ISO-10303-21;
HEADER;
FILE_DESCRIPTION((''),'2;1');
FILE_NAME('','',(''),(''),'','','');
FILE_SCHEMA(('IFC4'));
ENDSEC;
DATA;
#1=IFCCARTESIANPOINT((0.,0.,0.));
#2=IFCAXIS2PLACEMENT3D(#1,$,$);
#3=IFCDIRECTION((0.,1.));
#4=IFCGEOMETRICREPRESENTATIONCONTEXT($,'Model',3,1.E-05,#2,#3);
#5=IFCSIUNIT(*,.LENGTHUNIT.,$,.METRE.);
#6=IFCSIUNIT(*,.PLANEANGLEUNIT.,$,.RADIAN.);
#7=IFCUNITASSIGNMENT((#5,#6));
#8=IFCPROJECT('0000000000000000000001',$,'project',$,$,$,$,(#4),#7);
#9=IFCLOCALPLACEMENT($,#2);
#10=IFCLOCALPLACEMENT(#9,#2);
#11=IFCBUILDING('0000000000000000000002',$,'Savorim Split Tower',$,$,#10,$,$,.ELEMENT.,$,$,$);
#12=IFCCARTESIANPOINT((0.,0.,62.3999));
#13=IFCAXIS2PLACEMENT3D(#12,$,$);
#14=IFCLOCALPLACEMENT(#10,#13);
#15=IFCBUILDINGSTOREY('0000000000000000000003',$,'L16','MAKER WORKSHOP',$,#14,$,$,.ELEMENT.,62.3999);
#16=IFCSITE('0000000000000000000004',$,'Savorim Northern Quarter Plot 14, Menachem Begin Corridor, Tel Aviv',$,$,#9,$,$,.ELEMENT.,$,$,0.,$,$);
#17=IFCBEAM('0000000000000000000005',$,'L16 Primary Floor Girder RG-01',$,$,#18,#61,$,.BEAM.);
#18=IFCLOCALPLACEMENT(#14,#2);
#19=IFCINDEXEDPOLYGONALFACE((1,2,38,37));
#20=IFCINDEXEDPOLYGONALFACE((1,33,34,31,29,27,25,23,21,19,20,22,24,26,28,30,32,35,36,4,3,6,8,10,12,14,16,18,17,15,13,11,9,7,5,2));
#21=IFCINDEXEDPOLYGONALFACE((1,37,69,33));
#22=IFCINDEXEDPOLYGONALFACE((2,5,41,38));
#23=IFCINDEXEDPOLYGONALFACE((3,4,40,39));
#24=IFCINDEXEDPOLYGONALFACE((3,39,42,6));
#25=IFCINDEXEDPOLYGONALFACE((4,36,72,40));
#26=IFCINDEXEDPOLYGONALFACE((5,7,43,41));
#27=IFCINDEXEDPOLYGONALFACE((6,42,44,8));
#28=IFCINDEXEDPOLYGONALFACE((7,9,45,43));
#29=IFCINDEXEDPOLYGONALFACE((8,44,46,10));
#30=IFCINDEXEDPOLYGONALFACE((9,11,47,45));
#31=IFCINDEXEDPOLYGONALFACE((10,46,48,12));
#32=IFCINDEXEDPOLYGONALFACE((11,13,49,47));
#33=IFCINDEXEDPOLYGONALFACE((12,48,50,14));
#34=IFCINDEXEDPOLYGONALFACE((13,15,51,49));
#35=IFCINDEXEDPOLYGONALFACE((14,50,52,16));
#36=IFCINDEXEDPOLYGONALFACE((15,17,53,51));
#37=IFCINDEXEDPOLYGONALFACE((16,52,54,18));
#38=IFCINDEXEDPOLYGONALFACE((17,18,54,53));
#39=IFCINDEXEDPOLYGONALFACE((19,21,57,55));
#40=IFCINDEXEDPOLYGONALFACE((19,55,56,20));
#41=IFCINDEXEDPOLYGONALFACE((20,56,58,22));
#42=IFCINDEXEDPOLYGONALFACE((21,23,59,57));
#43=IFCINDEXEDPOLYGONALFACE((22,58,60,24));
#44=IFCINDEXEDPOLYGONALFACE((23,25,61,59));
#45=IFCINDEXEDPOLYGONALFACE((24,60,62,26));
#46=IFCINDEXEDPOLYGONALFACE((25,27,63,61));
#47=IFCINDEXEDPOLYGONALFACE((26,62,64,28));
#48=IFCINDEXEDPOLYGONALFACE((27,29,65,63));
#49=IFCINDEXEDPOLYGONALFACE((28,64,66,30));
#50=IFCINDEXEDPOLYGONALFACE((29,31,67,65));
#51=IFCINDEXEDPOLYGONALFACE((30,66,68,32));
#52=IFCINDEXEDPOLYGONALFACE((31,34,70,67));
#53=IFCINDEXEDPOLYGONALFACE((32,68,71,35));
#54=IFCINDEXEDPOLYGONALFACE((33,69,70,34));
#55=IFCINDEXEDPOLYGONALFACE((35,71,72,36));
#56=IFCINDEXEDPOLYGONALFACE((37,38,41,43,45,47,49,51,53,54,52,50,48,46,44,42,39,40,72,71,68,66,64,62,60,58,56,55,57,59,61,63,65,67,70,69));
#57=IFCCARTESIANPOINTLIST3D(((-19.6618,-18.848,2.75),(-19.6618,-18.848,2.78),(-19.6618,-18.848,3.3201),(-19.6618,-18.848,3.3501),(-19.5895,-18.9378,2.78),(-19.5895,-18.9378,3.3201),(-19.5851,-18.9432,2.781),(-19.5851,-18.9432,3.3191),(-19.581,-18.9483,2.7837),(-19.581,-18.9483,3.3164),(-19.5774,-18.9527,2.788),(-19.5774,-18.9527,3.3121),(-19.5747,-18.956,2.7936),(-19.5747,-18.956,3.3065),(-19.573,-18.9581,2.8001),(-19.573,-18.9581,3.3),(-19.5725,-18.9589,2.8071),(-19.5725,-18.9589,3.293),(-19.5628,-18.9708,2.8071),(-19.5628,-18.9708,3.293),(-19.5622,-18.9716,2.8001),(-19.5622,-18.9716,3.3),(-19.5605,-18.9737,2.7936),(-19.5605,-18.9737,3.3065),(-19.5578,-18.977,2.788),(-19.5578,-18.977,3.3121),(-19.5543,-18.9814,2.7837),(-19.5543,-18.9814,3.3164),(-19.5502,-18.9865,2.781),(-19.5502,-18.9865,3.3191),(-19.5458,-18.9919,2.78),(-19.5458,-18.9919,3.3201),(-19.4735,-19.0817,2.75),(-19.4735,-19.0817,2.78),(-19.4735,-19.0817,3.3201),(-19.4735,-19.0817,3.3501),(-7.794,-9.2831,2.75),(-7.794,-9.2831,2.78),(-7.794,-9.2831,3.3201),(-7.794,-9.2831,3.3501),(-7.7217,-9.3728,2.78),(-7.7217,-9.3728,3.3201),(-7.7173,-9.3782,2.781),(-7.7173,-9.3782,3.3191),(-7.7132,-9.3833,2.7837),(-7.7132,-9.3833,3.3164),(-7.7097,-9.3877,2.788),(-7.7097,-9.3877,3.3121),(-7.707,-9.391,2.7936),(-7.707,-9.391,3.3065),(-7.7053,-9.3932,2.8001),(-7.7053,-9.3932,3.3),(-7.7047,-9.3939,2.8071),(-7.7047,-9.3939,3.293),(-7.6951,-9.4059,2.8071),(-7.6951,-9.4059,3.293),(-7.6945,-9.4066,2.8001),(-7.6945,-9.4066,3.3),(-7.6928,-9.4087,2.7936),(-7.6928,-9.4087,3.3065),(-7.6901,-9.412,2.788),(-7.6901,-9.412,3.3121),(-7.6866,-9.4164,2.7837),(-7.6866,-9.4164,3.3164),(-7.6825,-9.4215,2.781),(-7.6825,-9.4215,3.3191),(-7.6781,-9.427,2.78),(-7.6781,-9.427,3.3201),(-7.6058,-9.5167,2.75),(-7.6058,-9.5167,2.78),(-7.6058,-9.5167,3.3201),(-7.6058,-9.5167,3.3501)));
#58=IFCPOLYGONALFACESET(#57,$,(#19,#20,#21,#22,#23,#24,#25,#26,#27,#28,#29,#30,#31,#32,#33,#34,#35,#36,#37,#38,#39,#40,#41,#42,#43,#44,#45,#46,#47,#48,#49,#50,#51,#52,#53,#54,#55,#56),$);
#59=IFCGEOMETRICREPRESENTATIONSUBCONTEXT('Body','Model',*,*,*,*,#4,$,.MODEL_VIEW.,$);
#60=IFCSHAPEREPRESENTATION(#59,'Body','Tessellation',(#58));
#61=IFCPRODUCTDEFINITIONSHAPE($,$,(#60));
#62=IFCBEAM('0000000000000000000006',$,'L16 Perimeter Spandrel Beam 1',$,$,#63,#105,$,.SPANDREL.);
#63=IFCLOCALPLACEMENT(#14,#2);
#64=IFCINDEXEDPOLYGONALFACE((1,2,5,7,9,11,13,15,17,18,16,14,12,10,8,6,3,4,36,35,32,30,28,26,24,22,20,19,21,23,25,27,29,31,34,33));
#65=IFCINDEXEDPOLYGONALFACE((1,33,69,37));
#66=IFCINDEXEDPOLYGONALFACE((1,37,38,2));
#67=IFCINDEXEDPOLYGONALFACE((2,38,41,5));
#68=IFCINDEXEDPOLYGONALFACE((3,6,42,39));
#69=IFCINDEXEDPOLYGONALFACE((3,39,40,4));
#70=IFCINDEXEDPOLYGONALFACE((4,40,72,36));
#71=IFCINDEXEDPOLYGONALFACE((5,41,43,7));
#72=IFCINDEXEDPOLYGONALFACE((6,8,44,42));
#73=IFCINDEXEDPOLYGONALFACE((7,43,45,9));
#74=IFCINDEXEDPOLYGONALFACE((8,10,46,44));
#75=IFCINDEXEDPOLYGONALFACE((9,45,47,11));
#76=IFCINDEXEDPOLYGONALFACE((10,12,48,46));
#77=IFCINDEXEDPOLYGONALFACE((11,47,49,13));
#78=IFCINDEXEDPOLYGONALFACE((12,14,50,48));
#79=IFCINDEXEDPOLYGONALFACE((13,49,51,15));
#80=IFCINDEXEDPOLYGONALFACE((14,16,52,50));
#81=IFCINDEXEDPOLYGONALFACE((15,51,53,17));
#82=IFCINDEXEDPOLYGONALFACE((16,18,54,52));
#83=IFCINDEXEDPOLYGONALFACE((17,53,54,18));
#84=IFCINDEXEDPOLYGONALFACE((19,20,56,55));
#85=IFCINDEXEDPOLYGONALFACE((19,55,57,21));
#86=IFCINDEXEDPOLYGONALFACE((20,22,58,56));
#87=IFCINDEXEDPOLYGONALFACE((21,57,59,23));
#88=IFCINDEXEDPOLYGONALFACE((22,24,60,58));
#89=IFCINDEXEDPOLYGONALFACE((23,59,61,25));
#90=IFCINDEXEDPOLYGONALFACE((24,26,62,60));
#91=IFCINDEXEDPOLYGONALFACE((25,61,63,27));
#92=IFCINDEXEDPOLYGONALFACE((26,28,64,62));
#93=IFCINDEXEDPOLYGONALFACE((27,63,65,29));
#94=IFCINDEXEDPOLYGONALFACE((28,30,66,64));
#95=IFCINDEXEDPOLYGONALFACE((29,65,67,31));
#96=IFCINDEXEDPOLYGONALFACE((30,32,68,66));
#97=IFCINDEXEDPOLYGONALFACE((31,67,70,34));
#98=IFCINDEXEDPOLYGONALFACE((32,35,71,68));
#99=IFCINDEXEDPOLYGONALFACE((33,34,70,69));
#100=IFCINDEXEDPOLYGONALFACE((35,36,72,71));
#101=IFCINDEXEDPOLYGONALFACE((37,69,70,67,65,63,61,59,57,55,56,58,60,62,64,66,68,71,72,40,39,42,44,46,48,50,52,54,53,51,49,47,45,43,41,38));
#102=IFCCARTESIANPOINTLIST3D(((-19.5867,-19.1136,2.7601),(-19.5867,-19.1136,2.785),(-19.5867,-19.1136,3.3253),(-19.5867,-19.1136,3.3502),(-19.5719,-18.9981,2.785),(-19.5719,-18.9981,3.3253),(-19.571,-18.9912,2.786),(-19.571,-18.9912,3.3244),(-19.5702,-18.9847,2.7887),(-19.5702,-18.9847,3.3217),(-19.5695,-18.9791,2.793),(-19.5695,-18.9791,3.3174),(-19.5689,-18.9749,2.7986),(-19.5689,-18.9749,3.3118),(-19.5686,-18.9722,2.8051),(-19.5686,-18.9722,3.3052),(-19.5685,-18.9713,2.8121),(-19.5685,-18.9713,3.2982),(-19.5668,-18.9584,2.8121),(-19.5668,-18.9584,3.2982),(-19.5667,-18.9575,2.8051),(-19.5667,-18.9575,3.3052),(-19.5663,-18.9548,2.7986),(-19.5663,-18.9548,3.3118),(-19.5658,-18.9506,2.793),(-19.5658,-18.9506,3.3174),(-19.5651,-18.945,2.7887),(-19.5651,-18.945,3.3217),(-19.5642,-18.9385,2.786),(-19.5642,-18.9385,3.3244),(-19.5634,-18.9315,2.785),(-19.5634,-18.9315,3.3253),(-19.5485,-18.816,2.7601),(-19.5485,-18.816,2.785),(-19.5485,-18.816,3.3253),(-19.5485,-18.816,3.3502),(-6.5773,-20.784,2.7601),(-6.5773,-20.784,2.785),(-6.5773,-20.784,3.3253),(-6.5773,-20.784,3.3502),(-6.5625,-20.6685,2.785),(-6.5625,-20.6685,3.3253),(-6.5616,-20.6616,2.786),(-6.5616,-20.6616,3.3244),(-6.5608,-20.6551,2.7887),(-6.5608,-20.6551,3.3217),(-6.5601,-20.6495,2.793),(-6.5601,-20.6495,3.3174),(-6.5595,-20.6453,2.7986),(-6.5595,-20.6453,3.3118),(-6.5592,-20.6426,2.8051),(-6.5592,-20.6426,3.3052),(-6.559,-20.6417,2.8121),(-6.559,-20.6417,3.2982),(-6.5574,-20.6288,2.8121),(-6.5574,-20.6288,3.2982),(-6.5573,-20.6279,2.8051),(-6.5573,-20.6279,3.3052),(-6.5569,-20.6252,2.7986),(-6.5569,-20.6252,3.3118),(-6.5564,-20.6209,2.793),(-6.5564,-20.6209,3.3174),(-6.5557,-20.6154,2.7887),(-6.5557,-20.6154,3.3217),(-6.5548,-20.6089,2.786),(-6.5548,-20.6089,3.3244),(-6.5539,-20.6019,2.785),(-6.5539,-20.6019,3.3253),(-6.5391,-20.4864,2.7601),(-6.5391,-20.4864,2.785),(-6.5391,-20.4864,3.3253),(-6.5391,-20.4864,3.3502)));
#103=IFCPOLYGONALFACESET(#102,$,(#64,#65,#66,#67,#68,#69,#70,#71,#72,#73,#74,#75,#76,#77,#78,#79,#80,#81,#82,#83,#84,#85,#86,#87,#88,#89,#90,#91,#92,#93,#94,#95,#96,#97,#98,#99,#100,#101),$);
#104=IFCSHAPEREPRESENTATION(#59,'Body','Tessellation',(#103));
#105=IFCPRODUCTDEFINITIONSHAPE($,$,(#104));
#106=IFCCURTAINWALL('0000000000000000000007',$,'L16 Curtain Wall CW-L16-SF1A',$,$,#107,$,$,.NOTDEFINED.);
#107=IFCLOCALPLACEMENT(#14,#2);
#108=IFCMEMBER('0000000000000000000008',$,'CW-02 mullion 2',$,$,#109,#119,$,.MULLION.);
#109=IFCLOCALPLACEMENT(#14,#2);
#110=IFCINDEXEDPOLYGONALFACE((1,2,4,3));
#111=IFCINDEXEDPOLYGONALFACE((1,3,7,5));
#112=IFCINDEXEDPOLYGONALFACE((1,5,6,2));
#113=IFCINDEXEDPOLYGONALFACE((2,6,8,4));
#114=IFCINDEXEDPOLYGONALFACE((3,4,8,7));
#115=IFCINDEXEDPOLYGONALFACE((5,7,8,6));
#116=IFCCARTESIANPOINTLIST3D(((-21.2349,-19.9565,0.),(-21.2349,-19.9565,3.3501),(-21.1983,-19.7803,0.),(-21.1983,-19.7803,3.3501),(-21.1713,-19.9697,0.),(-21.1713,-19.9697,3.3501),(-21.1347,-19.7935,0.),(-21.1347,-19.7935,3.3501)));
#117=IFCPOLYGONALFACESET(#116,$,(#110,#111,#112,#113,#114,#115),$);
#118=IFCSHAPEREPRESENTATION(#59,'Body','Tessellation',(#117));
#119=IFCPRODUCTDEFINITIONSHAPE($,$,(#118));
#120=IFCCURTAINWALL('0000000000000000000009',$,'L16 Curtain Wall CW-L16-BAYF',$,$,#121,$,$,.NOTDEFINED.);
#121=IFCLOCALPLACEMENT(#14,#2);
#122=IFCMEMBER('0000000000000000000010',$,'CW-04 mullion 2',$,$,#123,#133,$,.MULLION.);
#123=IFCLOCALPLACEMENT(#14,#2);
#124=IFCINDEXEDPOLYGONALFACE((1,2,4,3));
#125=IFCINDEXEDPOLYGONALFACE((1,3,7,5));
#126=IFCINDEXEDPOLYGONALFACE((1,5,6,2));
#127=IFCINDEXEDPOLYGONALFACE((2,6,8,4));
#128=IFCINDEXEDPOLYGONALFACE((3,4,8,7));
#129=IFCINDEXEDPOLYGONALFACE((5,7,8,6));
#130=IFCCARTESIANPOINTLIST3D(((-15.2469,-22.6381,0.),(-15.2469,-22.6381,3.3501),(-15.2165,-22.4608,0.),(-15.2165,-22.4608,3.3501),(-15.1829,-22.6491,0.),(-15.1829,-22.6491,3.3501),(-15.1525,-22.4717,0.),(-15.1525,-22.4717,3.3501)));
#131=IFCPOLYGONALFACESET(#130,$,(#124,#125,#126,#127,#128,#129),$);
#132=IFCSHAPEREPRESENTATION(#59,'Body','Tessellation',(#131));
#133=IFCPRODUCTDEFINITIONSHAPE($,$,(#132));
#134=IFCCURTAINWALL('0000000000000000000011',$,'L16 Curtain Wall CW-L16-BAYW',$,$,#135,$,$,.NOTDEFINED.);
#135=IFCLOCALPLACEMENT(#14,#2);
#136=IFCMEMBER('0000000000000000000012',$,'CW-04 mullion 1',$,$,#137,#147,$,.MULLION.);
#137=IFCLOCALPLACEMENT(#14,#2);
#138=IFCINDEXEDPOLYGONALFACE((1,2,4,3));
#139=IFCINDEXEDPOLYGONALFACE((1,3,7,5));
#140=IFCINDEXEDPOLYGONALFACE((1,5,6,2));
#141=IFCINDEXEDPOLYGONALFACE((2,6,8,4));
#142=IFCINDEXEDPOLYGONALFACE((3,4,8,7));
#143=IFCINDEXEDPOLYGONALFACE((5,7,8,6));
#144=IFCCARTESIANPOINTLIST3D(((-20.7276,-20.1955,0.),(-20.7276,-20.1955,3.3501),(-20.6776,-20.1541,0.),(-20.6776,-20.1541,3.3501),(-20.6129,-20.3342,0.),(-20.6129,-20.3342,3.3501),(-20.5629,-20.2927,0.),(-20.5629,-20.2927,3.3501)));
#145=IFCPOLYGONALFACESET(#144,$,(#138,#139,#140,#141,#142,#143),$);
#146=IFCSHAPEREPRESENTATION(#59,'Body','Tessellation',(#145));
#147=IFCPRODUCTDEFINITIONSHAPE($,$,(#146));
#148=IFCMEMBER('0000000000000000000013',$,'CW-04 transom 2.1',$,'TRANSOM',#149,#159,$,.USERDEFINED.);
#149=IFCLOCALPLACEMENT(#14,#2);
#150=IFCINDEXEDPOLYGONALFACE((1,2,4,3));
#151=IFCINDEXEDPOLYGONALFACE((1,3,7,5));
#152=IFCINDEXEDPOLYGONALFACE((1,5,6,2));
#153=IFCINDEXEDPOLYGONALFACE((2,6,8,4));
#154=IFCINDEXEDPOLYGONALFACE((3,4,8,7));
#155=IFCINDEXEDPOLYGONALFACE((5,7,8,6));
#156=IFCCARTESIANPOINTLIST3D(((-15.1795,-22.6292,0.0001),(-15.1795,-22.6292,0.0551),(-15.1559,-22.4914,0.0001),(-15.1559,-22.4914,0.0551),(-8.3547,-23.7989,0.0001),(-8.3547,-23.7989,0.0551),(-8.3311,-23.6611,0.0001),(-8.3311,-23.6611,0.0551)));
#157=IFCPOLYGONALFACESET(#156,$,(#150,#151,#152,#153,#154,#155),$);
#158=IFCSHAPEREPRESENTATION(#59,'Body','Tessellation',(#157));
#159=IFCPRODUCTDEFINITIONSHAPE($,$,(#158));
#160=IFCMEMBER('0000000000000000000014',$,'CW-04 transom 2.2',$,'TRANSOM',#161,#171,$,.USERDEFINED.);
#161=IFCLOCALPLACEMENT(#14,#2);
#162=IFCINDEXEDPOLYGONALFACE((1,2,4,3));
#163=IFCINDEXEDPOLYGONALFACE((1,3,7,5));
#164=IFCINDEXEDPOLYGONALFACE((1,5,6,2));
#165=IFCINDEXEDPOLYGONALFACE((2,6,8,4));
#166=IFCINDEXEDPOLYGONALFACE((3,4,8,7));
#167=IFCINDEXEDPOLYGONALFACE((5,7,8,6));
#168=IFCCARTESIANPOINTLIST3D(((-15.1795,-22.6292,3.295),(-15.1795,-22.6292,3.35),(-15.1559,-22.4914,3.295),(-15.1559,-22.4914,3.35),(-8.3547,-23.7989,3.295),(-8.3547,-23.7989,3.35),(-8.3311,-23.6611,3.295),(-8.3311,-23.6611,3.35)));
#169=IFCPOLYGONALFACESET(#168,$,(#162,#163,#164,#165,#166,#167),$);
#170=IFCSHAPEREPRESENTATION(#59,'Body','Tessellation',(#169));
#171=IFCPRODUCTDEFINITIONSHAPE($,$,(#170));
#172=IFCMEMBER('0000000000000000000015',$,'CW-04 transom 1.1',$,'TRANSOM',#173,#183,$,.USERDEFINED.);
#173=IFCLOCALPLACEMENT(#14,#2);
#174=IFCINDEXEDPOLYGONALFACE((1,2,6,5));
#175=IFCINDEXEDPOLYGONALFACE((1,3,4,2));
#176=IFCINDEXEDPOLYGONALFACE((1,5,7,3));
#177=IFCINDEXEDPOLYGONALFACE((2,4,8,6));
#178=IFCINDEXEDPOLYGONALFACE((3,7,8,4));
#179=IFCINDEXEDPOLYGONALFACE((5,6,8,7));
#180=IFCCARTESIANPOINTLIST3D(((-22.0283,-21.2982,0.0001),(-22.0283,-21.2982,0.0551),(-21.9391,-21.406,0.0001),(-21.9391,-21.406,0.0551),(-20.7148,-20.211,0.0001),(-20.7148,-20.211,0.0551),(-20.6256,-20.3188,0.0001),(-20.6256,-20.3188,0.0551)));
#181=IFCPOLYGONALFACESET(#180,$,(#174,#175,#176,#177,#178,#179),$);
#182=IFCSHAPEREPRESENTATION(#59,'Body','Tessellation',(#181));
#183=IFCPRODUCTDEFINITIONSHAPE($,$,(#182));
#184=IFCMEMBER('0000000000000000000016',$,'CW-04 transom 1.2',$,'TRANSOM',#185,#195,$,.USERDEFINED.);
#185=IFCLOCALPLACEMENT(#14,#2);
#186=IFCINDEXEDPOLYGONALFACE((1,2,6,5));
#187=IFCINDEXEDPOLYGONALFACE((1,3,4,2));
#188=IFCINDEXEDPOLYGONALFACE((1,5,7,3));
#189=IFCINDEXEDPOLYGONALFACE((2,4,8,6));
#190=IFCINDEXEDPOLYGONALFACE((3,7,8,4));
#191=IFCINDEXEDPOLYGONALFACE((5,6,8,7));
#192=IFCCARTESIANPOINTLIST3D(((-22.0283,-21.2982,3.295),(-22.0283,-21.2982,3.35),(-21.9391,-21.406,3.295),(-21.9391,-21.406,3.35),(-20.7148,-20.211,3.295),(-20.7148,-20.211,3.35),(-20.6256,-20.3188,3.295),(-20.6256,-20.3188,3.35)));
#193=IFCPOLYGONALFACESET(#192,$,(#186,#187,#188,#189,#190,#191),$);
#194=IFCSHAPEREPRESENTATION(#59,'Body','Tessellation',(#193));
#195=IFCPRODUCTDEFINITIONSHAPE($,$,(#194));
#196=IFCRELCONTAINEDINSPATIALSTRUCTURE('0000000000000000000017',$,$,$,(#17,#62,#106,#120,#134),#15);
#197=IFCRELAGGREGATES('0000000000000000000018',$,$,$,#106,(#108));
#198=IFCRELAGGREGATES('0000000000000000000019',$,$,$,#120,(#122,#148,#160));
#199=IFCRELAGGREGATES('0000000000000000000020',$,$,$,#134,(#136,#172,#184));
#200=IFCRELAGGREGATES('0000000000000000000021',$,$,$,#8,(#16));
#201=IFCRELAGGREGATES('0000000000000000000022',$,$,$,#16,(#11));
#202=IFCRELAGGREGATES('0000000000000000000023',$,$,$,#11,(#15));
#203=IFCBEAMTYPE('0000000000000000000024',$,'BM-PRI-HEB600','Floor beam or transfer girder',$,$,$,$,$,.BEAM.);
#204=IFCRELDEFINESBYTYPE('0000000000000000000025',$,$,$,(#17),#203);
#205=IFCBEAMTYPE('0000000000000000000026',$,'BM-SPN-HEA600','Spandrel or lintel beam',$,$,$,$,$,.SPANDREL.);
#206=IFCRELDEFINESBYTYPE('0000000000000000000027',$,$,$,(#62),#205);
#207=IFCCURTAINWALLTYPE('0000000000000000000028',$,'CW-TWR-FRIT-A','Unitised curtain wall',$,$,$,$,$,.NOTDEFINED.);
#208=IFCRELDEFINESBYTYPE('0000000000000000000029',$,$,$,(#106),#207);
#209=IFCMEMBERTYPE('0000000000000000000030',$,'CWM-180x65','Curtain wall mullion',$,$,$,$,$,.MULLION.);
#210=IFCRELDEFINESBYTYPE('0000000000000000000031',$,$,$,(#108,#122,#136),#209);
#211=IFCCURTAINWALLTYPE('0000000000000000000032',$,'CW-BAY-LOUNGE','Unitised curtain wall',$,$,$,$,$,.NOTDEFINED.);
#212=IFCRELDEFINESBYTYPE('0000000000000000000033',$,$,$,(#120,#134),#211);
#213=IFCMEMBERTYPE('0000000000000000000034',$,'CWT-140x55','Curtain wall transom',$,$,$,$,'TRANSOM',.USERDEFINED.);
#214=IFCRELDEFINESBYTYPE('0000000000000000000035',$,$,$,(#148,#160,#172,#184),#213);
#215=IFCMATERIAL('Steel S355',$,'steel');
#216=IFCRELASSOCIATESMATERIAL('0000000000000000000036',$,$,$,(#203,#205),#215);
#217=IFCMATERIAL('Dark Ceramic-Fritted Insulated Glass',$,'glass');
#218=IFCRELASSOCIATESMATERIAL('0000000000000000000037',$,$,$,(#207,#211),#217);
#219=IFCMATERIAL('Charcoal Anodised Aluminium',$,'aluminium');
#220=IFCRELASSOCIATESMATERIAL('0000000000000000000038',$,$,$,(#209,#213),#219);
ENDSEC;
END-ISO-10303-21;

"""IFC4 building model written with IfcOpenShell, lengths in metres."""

from ifc_helpers import new_model, si_unit, direction, frame, origin, origin_2d, place, context, subcontext, project, spatial, rectangle, i_section, extrude, material, material_profile, profile_set, type_object, element, aggregate, save


model = new_model("IFC4")

# Units and contexts
model_context = context("Model", 3, precision=1e-05, world=origin(), true_north=direction((0.0, 1.0)))
body_context = subcontext(model_context, "Body", "Model", "MODEL_VIEW")
ifc_project = project(units=[si_unit("LENGTHUNIT", "METRE"), si_unit("PLANEANGLEUNIT", "RADIAN")], contexts=[model_context])

# Site, building, storey
site_placement = place(None, origin())
site = spatial("IfcSite", under=ifc_project, at=site_placement, Name="Savorim Northern Quarter Plot 14, Menachem Begin Corridor, Tel Aviv", CompositionType="ELEMENT", RefElevation=0.0)
building_placement = place(site_placement, origin())
building = spatial("IfcBuilding", under=site, at=building_placement, Name="Savorim Split Tower", CompositionType="ELEMENT")
storey_placement = place(building_placement, frame((0.0, 0.0, 62.3999)))
storey = spatial("IfcBuildingStorey", under=building, at=storey_placement, Name="L16", Description="MAKER WORKSHOP", CompositionType="ELEMENT", Elevation=62.3999)

# Beams
ifc_material_1 = material(Name="Steel S355", Category="steel")
ifc_material_profile_1 = material_profile(ifc_material_1, i_section(OverallWidth=0.3, OverallDepth=0.6001, WebThickness=0.0154, FlangeThickness=0.03, FilletRadius=0.0271, at=origin_2d()), Name="HEB 600")
ifc_profile_set_1 = profile_set([ifc_material_profile_1], Name="Steel S355")
beam_type_1 = type_object("IfcBeamType", Name="BM-PRI-HEB600", Description="Floor beam or transfer girder", PredefinedType="BEAM", material=ifc_profile_set_1)
beam_1_placement = place(storey_placement, frame((-19.5676, -18.9648, 3.05), z_axis=(0.778598, 0.627523, 0.0), x_axis=(-0.627523, 0.778598, 0.0)))
element("IfcBeam", 1, at=beam_1_placement, inside=storey, type_object=beam_type_1, Name="L16 Primary Floor Girder RG-01", PredefinedType="BEAM", context=body_context, shape_type="SweptSolid", body=[
    extrude(i_section(OverallWidth=0.3, OverallDepth=0.6001, WebThickness=0.0154, FlangeThickness=0.03, FilletRadius=0.0271, at=origin_2d()), origin(), (0.0, 0.0, 1.0), 15.2424),
])
ifc_material_profile_2 = material_profile(ifc_material_1, i_section(OverallWidth=0.3, OverallDepth=0.5901, WebThickness=0.0129, FlangeThickness=0.0249, FilletRadius=0.0271, at=origin_2d()), Name="HEA 600")
ifc_profile_set_2 = profile_set([ifc_material_profile_2], Name="Steel S355")
beam_type_2 = type_object("IfcBeamType", Name="BM-SPN-HEA600", Description="Spandrel or lintel beam", PredefinedType="SPANDREL", material=ifc_profile_set_2)
beam_2_placement = place(storey_placement, frame((-19.5676, -18.9648, 3.0552), z_axis=(0.991857, -0.127354, 0.0), x_axis=(0.127354, 0.991857, 0.0)))
element("IfcBeam", 2, at=beam_2_placement, inside=storey, type_object=beam_type_2, Name="L16 Perimeter Spandrel Beam 1", PredefinedType="SPANDREL", context=body_context, shape_type="SweptSolid", body=[
    extrude(i_section(OverallWidth=0.3, OverallDepth=0.5901, WebThickness=0.0129, FlangeThickness=0.0249, FilletRadius=0.0271, at=origin_2d()), origin(), (0.0, 0.0, 1.0), 13.1162),
])

# Curtain walls, members
ifc_material_2 = material(Name="Dark Ceramic-Fritted Insulated Glass", Category="glass")
curtain_wall_type_1 = type_object("IfcCurtainWallType", Name="CW-TWR-FRIT-A", Description="Unitised curtain wall", PredefinedType="NOTDEFINED", material=ifc_material_2)
curtain_wall_1_placement = place(storey_placement, origin())
curtain_wall_1 = element("IfcCurtainWall", 3, at=curtain_wall_1_placement, inside=storey, type_object=curtain_wall_type_1, Name="L16 Curtain Wall CW-L16-SF1A", PredefinedType="NOTDEFINED")
ifc_material_3 = material(Name="Charcoal Anodised Aluminium", Category="aluminium")
ifc_material_profile_3 = material_profile(ifc_material_3, rectangle(XDim=0.1799, YDim=0.0649, at=origin_2d()), Name="ALU-M 180x65")
ifc_profile_set_3 = profile_set([ifc_material_profile_3], Name="Charcoal Anodised Aluminium")
member_type_1 = type_object("IfcMemberType", Name="CWM-180x65", Description="Curtain wall mullion", PredefinedType="MULLION", material=ifc_profile_set_3)
member_1_placement = place(storey_placement, frame((-21.1848, -19.875, 0.0), z_axis=(0.0, 0.0, 1.0), x_axis=(0.20321, 0.979135, 0.0)))
member_1 = element("IfcMember", 4, at=member_1_placement, type_object=member_type_1, Name="CW-02 mullion 2", PredefinedType="MULLION", context=body_context, shape_type="SweptSolid", body=[
    extrude(rectangle(XDim=0.1799, YDim=0.0649, at=origin_2d()), origin(), (0.0, 0.0, 1.0), 3.3501),
])
aggregate(curtain_wall_1, [member_1])
curtain_wall_type_2 = type_object("IfcCurtainWallType", Name="CW-BAY-LOUNGE", Description="Unitised curtain wall", PredefinedType="NOTDEFINED", material=ifc_material_2)
curtain_wall_2_placement = place(storey_placement, origin())
curtain_wall_2 = element("IfcCurtainWall", 5, at=curtain_wall_2_placement, inside=storey, type_object=curtain_wall_type_2, Name="L16 Curtain Wall CW-L16-BAYF", PredefinedType="NOTDEFINED")
member_2_placement = place(storey_placement, frame((-15.1997, -22.5549, 0.0), z_axis=(0.0, 0.0, 1.0), x_axis=(0.168923, 0.985629, 0.0)))
member_2 = element("IfcMember", 6, at=member_2_placement, type_object=member_type_1, Name="CW-04 mullion 2", PredefinedType="MULLION", context=body_context, shape_type="SweptSolid", body=[
    extrude(rectangle(XDim=0.1799, YDim=0.0649, at=origin_2d()), origin(), (0.0, 0.0, 1.0), 3.3501),
])
curtain_wall_3_placement = place(storey_placement, origin())
curtain_wall_3 = element("IfcCurtainWall", 7, at=curtain_wall_3_placement, inside=storey, type_object=curtain_wall_type_2, Name="L16 Curtain Wall CW-L16-BAYW", PredefinedType="NOTDEFINED")
member_3_placement = place(storey_placement, frame((-20.6453, -20.2441, 0.0), z_axis=(0.0, 0.0, 1.0), x_axis=(0.637608, -0.770361, 0.0)))
member_3 = element("IfcMember", 8, at=member_3_placement, type_object=member_type_1, Name="CW-04 mullion 1", PredefinedType="MULLION", context=body_context, shape_type="SweptSolid", body=[
    extrude(rectangle(XDim=0.1799, YDim=0.0649, at=origin_2d()), origin(), (0.0, 0.0, 1.0), 3.3501),
])

# Members
ifc_material_profile_4 = material_profile(ifc_material_3, rectangle(XDim=0.1399, YDim=0.0549, at=origin_2d()), Name="ALU-T 140x55")
ifc_profile_set_4 = profile_set([ifc_material_profile_4], Name="Charcoal Anodised Aluminium")
member_type_2 = type_object("IfcMemberType", Name="CWT-140x55", Description="Curtain wall transom", ElementType="TRANSOM", PredefinedType="USERDEFINED", material=ifc_profile_set_4)
member_4_placement = place(storey_placement, frame((-15.1677, -22.5603, 0.0276), z_axis=(0.985629, -0.168926, 0.0), x_axis=(0.168926, 0.985629, 0.0)))
member_4 = element("IfcMember", 9, at=member_4_placement, type_object=member_type_2, Name="CW-04 transom 2.1", ObjectType="TRANSOM", PredefinedType="USERDEFINED", context=body_context, shape_type="SweptSolid", body=[
    extrude(rectangle(XDim=0.1399, YDim=0.0549, at=origin_2d()), origin(), (0.0, 0.0, 1.0), 6.9243),
])
member_5_placement = place(storey_placement, frame((-15.1677, -22.5603, 3.3225), z_axis=(0.985629, -0.168926, 0.0), x_axis=(0.168926, 0.985629, 0.0)))
member_5 = element("IfcMember", 10, at=member_5_placement, type_object=member_type_2, Name="CW-04 transom 2.2", ObjectType="TRANSOM", PredefinedType="USERDEFINED", context=body_context, shape_type="SweptSolid", body=[
    extrude(rectangle(XDim=0.1399, YDim=0.0549, at=origin_2d()), origin(), (0.0, 0.0, 1.0), 6.9243),
])
member_6_placement = place(storey_placement, frame((-20.6702, -20.2649, 0.0276), z_axis=(-0.770353, -0.637618, 0.0), x_axis=(0.637618, -0.770353, 0.0)))
member_6 = element("IfcMember", 11, at=member_6_placement, type_object=member_type_2, Name="CW-04 transom 1.1", ObjectType="TRANSOM", PredefinedType="USERDEFINED", context=body_context, shape_type="SweptSolid", body=[
    extrude(rectangle(XDim=0.1399, YDim=0.0549, at=origin_2d()), origin(), (0.0, 0.0, 1.0), 1.7051),
])
member_7_placement = place(storey_placement, frame((-20.6702, -20.2649, 3.3225), z_axis=(-0.770353, -0.637618, 0.0), x_axis=(0.637618, -0.770353, 0.0)))
member_7 = element("IfcMember", 12, at=member_7_placement, type_object=member_type_2, Name="CW-04 transom 1.2", ObjectType="TRANSOM", PredefinedType="USERDEFINED", context=body_context, shape_type="SweptSolid", body=[
    extrude(rectangle(XDim=0.1399, YDim=0.0549, at=origin_2d()), origin(), (0.0, 0.0, 1.0), 1.7051),
])

aggregate(curtain_wall_2, [member_2, member_4, member_5])
aggregate(curtain_wall_3, [member_3, member_6, member_7])

save(model, "model.ifc")
